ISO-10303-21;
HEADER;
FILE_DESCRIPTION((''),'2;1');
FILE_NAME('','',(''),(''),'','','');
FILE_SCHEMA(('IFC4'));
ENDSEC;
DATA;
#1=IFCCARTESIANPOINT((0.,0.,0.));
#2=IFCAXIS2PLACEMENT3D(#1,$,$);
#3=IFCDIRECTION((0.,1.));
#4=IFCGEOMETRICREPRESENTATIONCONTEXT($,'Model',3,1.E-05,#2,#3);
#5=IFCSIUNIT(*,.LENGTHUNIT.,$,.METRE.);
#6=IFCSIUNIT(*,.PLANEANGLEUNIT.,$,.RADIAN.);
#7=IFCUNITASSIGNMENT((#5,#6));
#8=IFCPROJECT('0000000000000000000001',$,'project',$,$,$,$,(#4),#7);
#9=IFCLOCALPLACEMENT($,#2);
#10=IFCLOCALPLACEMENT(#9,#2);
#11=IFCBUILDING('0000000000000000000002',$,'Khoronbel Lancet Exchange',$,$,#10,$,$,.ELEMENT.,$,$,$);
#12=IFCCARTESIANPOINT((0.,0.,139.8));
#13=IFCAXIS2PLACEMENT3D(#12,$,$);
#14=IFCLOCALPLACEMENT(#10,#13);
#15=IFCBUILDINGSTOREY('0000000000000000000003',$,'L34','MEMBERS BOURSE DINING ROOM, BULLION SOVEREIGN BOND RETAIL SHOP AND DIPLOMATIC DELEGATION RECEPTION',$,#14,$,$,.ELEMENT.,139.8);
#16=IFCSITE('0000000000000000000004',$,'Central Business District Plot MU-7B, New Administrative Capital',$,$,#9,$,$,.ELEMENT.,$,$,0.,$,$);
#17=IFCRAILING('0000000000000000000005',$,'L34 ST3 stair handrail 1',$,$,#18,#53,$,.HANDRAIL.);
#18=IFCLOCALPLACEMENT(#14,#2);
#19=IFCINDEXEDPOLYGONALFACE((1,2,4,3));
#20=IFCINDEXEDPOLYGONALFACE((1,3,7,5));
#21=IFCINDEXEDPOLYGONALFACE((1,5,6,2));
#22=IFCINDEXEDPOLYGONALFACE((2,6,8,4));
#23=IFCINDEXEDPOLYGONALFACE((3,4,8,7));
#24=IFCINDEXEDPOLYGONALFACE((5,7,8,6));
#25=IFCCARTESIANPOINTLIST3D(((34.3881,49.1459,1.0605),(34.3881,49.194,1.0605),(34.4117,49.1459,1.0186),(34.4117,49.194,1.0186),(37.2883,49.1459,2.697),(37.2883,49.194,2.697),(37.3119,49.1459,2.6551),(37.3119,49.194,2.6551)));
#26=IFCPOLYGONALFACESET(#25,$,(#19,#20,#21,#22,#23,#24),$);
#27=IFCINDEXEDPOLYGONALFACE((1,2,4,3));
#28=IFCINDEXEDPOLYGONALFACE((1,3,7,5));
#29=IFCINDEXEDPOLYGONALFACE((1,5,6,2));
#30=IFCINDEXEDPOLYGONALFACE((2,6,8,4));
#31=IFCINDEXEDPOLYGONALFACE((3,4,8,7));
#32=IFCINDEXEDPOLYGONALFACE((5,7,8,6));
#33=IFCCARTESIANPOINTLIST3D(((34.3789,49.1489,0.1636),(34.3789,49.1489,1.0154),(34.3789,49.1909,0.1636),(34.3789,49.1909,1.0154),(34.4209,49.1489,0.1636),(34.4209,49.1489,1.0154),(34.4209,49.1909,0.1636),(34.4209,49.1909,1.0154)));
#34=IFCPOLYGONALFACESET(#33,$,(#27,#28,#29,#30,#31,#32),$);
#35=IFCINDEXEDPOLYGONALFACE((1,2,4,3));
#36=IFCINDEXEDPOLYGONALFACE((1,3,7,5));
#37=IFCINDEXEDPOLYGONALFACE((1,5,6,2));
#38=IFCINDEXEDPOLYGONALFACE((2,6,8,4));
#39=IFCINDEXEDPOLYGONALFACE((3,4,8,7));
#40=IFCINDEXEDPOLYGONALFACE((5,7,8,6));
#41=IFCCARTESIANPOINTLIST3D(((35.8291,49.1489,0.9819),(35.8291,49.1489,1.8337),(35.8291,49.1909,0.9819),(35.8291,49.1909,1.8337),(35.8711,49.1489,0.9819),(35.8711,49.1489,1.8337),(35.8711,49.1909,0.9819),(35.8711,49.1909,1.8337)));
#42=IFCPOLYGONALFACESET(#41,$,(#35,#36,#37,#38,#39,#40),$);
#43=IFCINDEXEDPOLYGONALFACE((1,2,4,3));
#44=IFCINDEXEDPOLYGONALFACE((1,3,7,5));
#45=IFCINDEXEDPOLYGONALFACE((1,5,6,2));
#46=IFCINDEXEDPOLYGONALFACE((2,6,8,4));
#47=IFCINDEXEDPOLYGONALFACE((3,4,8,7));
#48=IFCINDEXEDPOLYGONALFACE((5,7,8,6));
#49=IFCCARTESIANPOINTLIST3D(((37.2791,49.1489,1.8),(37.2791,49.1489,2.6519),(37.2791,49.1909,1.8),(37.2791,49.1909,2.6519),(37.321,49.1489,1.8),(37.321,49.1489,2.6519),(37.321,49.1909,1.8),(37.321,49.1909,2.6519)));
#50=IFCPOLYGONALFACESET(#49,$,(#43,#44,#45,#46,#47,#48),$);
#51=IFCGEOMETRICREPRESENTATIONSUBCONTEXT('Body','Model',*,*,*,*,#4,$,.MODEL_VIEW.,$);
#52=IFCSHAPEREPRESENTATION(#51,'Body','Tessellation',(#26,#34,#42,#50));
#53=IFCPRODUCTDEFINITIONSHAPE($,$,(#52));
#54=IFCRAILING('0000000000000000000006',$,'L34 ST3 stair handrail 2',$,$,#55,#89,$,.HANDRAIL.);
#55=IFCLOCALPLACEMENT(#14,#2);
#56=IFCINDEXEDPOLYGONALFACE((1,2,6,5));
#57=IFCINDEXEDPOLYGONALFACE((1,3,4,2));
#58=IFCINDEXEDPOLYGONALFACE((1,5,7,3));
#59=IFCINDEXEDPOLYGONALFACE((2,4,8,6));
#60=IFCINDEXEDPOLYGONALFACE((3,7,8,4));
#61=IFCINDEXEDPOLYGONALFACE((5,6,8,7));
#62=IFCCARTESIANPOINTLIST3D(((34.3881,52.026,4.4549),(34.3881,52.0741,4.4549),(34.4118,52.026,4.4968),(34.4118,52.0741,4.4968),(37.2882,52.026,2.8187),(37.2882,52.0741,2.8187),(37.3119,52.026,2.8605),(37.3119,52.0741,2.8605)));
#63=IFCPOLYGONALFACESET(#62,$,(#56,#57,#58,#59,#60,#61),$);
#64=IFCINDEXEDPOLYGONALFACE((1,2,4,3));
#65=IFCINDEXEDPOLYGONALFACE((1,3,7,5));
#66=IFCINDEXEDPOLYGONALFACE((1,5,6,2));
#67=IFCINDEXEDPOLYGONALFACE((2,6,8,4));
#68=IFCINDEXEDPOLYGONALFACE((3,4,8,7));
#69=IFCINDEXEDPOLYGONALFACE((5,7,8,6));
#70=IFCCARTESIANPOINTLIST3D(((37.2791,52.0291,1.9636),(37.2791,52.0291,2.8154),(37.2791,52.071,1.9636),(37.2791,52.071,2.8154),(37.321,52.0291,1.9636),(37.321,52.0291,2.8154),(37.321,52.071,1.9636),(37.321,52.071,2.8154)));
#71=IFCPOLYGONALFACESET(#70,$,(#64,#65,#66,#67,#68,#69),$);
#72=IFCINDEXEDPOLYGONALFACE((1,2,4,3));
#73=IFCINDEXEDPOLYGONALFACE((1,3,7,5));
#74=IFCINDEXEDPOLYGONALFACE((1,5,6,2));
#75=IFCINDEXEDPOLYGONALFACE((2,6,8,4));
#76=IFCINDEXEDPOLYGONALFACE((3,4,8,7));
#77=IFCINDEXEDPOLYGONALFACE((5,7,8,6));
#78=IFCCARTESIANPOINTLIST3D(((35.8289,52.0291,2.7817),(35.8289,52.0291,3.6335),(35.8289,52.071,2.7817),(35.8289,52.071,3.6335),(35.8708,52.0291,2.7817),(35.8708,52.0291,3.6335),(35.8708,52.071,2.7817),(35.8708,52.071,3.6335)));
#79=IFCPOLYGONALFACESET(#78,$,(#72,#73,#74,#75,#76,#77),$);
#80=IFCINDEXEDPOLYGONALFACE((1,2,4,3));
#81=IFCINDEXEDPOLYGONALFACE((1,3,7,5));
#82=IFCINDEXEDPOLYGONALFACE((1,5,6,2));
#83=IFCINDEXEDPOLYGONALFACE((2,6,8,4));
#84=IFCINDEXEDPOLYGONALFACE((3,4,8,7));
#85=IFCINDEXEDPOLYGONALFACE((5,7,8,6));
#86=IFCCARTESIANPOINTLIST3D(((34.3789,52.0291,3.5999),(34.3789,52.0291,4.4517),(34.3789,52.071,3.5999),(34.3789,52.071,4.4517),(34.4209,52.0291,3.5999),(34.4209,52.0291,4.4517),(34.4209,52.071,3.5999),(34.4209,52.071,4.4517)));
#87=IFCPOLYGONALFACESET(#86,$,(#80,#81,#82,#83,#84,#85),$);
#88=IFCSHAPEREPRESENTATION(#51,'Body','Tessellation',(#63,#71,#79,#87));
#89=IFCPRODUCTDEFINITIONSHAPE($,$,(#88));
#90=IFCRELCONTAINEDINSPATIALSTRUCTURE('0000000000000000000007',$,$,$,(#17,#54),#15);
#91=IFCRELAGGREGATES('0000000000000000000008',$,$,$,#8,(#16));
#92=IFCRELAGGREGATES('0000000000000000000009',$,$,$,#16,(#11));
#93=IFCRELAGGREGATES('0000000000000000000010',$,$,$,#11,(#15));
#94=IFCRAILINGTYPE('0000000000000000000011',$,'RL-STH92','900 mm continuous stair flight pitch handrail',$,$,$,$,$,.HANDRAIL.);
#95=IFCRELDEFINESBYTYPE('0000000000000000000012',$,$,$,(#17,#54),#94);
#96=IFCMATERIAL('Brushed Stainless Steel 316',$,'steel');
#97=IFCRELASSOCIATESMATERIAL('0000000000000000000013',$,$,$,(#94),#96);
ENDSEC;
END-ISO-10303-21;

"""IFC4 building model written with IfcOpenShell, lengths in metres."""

from ifc_helpers import new_model, si_unit, direction, frame, origin, origin_2d, place, context, subcontext, project, spatial, rectangle, extrude, material, type_object, element, save


model = new_model("IFC4")

# Units and contexts
model_context = context("Model", 3, precision=1e-05, world=origin(), true_north=direction((0.0, 1.0)))
body_context = subcontext(model_context, "Body", "Model", "MODEL_VIEW")
ifc_project = project(units=[si_unit("LENGTHUNIT", "METRE"), si_unit("PLANEANGLEUNIT", "RADIAN")], contexts=[model_context])

# Site, building, storey
site_placement = place(None, origin())
site = spatial("IfcSite", under=ifc_project, at=site_placement, Name="Central Business District Plot MU-7B, New Administrative Capital", CompositionType="ELEMENT", RefElevation=0.0)
building_placement = place(site_placement, origin())
building = spatial("IfcBuilding", under=site, at=building_placement, Name="Khoronbel Lancet Exchange", CompositionType="ELEMENT")
storey_placement = place(building_placement, frame((0.0, 0.0, 139.8)))
storey = spatial("IfcBuildingStorey", under=building, at=storey_placement, Name="L34", Description="MEMBERS BOURSE DINING ROOM, BULLION SOVEREIGN BOND RETAIL SHOP AND DIPLOMATIC DELEGATION RECEPTION", CompositionType="ELEMENT", Elevation=139.8)

# Railings
ifc_material_1 = material(Name="Brushed Stainless Steel 316", Category="steel")
railing_type_1 = type_object("IfcRailingType", Name="RL-STH92", Description="900 mm continuous stair flight pitch handrail", PredefinedType="HANDRAIL", material=ifc_material_1)
railing_1_placement = place(storey_placement, frame((34.3999, 49.1699, 0.1636)))
element("IfcRailing", 1, at=railing_1_placement, inside=storey, type_object=railing_type_1, Name="L34 ST3 stair handrail 1", PredefinedType="HANDRAIL", context=body_context, shape_type="SweptSolid", body=[
    extrude(rectangle(XDim=0.0481, YDim=0.0481, at=origin_2d()), frame((0.0, 0.0, 0.876), z_axis=(0.870915, 0.0, 0.491434), x_axis=(0.0, 1.0, 0.0)), (0.0, 0.0, 1.0), 3.3301),
    extrude(rectangle(XDim=0.042, YDim=0.042, at=origin_2d()), origin(), (0.0, 0.0, 1.0), 0.8518),
    extrude(rectangle(XDim=0.042, YDim=0.042, at=origin_2d()), frame((1.4502, 0.0, 0.8184)), (0.0, 0.0, 1.0), 0.8518),
    extrude(rectangle(XDim=0.042, YDim=0.042, at=origin_2d()), frame((2.9001, 0.0, 1.6365)), (0.0, 0.0, 1.0), 0.8518),
])
railing_2_placement = place(storey_placement, frame((37.3, 52.05, 1.9636)))
element("IfcRailing", 2, at=railing_2_placement, inside=storey, type_object=railing_type_1, Name="L34 ST3 stair handrail 2", PredefinedType="HANDRAIL", context=body_context, shape_type="SweptSolid", body=[
    extrude(rectangle(XDim=0.0481, YDim=0.0481, at=origin_2d()), frame((0.0, 0.0, 0.876), z_axis=(-0.870946, 0.0, 0.491378), x_axis=(0.0, -1.0, 0.0)), (0.0, 0.0, 1.0), 3.3298),
    extrude(rectangle(XDim=0.042, YDim=0.042, at=origin_2d()), origin(), (0.0, 0.0, 1.0), 0.8518),
    extrude(rectangle(XDim=0.042, YDim=0.042, at=origin_2d()), frame((-1.4502, 0.0, 0.8181)), (0.0, 0.0, 1.0), 0.8518),
    extrude(rectangle(XDim=0.042, YDim=0.042, at=origin_2d()), frame((-2.9001, 0.0, 1.6362)), (0.0, 0.0, 1.0), 0.8518),
])

save(model, "model.ifc")
